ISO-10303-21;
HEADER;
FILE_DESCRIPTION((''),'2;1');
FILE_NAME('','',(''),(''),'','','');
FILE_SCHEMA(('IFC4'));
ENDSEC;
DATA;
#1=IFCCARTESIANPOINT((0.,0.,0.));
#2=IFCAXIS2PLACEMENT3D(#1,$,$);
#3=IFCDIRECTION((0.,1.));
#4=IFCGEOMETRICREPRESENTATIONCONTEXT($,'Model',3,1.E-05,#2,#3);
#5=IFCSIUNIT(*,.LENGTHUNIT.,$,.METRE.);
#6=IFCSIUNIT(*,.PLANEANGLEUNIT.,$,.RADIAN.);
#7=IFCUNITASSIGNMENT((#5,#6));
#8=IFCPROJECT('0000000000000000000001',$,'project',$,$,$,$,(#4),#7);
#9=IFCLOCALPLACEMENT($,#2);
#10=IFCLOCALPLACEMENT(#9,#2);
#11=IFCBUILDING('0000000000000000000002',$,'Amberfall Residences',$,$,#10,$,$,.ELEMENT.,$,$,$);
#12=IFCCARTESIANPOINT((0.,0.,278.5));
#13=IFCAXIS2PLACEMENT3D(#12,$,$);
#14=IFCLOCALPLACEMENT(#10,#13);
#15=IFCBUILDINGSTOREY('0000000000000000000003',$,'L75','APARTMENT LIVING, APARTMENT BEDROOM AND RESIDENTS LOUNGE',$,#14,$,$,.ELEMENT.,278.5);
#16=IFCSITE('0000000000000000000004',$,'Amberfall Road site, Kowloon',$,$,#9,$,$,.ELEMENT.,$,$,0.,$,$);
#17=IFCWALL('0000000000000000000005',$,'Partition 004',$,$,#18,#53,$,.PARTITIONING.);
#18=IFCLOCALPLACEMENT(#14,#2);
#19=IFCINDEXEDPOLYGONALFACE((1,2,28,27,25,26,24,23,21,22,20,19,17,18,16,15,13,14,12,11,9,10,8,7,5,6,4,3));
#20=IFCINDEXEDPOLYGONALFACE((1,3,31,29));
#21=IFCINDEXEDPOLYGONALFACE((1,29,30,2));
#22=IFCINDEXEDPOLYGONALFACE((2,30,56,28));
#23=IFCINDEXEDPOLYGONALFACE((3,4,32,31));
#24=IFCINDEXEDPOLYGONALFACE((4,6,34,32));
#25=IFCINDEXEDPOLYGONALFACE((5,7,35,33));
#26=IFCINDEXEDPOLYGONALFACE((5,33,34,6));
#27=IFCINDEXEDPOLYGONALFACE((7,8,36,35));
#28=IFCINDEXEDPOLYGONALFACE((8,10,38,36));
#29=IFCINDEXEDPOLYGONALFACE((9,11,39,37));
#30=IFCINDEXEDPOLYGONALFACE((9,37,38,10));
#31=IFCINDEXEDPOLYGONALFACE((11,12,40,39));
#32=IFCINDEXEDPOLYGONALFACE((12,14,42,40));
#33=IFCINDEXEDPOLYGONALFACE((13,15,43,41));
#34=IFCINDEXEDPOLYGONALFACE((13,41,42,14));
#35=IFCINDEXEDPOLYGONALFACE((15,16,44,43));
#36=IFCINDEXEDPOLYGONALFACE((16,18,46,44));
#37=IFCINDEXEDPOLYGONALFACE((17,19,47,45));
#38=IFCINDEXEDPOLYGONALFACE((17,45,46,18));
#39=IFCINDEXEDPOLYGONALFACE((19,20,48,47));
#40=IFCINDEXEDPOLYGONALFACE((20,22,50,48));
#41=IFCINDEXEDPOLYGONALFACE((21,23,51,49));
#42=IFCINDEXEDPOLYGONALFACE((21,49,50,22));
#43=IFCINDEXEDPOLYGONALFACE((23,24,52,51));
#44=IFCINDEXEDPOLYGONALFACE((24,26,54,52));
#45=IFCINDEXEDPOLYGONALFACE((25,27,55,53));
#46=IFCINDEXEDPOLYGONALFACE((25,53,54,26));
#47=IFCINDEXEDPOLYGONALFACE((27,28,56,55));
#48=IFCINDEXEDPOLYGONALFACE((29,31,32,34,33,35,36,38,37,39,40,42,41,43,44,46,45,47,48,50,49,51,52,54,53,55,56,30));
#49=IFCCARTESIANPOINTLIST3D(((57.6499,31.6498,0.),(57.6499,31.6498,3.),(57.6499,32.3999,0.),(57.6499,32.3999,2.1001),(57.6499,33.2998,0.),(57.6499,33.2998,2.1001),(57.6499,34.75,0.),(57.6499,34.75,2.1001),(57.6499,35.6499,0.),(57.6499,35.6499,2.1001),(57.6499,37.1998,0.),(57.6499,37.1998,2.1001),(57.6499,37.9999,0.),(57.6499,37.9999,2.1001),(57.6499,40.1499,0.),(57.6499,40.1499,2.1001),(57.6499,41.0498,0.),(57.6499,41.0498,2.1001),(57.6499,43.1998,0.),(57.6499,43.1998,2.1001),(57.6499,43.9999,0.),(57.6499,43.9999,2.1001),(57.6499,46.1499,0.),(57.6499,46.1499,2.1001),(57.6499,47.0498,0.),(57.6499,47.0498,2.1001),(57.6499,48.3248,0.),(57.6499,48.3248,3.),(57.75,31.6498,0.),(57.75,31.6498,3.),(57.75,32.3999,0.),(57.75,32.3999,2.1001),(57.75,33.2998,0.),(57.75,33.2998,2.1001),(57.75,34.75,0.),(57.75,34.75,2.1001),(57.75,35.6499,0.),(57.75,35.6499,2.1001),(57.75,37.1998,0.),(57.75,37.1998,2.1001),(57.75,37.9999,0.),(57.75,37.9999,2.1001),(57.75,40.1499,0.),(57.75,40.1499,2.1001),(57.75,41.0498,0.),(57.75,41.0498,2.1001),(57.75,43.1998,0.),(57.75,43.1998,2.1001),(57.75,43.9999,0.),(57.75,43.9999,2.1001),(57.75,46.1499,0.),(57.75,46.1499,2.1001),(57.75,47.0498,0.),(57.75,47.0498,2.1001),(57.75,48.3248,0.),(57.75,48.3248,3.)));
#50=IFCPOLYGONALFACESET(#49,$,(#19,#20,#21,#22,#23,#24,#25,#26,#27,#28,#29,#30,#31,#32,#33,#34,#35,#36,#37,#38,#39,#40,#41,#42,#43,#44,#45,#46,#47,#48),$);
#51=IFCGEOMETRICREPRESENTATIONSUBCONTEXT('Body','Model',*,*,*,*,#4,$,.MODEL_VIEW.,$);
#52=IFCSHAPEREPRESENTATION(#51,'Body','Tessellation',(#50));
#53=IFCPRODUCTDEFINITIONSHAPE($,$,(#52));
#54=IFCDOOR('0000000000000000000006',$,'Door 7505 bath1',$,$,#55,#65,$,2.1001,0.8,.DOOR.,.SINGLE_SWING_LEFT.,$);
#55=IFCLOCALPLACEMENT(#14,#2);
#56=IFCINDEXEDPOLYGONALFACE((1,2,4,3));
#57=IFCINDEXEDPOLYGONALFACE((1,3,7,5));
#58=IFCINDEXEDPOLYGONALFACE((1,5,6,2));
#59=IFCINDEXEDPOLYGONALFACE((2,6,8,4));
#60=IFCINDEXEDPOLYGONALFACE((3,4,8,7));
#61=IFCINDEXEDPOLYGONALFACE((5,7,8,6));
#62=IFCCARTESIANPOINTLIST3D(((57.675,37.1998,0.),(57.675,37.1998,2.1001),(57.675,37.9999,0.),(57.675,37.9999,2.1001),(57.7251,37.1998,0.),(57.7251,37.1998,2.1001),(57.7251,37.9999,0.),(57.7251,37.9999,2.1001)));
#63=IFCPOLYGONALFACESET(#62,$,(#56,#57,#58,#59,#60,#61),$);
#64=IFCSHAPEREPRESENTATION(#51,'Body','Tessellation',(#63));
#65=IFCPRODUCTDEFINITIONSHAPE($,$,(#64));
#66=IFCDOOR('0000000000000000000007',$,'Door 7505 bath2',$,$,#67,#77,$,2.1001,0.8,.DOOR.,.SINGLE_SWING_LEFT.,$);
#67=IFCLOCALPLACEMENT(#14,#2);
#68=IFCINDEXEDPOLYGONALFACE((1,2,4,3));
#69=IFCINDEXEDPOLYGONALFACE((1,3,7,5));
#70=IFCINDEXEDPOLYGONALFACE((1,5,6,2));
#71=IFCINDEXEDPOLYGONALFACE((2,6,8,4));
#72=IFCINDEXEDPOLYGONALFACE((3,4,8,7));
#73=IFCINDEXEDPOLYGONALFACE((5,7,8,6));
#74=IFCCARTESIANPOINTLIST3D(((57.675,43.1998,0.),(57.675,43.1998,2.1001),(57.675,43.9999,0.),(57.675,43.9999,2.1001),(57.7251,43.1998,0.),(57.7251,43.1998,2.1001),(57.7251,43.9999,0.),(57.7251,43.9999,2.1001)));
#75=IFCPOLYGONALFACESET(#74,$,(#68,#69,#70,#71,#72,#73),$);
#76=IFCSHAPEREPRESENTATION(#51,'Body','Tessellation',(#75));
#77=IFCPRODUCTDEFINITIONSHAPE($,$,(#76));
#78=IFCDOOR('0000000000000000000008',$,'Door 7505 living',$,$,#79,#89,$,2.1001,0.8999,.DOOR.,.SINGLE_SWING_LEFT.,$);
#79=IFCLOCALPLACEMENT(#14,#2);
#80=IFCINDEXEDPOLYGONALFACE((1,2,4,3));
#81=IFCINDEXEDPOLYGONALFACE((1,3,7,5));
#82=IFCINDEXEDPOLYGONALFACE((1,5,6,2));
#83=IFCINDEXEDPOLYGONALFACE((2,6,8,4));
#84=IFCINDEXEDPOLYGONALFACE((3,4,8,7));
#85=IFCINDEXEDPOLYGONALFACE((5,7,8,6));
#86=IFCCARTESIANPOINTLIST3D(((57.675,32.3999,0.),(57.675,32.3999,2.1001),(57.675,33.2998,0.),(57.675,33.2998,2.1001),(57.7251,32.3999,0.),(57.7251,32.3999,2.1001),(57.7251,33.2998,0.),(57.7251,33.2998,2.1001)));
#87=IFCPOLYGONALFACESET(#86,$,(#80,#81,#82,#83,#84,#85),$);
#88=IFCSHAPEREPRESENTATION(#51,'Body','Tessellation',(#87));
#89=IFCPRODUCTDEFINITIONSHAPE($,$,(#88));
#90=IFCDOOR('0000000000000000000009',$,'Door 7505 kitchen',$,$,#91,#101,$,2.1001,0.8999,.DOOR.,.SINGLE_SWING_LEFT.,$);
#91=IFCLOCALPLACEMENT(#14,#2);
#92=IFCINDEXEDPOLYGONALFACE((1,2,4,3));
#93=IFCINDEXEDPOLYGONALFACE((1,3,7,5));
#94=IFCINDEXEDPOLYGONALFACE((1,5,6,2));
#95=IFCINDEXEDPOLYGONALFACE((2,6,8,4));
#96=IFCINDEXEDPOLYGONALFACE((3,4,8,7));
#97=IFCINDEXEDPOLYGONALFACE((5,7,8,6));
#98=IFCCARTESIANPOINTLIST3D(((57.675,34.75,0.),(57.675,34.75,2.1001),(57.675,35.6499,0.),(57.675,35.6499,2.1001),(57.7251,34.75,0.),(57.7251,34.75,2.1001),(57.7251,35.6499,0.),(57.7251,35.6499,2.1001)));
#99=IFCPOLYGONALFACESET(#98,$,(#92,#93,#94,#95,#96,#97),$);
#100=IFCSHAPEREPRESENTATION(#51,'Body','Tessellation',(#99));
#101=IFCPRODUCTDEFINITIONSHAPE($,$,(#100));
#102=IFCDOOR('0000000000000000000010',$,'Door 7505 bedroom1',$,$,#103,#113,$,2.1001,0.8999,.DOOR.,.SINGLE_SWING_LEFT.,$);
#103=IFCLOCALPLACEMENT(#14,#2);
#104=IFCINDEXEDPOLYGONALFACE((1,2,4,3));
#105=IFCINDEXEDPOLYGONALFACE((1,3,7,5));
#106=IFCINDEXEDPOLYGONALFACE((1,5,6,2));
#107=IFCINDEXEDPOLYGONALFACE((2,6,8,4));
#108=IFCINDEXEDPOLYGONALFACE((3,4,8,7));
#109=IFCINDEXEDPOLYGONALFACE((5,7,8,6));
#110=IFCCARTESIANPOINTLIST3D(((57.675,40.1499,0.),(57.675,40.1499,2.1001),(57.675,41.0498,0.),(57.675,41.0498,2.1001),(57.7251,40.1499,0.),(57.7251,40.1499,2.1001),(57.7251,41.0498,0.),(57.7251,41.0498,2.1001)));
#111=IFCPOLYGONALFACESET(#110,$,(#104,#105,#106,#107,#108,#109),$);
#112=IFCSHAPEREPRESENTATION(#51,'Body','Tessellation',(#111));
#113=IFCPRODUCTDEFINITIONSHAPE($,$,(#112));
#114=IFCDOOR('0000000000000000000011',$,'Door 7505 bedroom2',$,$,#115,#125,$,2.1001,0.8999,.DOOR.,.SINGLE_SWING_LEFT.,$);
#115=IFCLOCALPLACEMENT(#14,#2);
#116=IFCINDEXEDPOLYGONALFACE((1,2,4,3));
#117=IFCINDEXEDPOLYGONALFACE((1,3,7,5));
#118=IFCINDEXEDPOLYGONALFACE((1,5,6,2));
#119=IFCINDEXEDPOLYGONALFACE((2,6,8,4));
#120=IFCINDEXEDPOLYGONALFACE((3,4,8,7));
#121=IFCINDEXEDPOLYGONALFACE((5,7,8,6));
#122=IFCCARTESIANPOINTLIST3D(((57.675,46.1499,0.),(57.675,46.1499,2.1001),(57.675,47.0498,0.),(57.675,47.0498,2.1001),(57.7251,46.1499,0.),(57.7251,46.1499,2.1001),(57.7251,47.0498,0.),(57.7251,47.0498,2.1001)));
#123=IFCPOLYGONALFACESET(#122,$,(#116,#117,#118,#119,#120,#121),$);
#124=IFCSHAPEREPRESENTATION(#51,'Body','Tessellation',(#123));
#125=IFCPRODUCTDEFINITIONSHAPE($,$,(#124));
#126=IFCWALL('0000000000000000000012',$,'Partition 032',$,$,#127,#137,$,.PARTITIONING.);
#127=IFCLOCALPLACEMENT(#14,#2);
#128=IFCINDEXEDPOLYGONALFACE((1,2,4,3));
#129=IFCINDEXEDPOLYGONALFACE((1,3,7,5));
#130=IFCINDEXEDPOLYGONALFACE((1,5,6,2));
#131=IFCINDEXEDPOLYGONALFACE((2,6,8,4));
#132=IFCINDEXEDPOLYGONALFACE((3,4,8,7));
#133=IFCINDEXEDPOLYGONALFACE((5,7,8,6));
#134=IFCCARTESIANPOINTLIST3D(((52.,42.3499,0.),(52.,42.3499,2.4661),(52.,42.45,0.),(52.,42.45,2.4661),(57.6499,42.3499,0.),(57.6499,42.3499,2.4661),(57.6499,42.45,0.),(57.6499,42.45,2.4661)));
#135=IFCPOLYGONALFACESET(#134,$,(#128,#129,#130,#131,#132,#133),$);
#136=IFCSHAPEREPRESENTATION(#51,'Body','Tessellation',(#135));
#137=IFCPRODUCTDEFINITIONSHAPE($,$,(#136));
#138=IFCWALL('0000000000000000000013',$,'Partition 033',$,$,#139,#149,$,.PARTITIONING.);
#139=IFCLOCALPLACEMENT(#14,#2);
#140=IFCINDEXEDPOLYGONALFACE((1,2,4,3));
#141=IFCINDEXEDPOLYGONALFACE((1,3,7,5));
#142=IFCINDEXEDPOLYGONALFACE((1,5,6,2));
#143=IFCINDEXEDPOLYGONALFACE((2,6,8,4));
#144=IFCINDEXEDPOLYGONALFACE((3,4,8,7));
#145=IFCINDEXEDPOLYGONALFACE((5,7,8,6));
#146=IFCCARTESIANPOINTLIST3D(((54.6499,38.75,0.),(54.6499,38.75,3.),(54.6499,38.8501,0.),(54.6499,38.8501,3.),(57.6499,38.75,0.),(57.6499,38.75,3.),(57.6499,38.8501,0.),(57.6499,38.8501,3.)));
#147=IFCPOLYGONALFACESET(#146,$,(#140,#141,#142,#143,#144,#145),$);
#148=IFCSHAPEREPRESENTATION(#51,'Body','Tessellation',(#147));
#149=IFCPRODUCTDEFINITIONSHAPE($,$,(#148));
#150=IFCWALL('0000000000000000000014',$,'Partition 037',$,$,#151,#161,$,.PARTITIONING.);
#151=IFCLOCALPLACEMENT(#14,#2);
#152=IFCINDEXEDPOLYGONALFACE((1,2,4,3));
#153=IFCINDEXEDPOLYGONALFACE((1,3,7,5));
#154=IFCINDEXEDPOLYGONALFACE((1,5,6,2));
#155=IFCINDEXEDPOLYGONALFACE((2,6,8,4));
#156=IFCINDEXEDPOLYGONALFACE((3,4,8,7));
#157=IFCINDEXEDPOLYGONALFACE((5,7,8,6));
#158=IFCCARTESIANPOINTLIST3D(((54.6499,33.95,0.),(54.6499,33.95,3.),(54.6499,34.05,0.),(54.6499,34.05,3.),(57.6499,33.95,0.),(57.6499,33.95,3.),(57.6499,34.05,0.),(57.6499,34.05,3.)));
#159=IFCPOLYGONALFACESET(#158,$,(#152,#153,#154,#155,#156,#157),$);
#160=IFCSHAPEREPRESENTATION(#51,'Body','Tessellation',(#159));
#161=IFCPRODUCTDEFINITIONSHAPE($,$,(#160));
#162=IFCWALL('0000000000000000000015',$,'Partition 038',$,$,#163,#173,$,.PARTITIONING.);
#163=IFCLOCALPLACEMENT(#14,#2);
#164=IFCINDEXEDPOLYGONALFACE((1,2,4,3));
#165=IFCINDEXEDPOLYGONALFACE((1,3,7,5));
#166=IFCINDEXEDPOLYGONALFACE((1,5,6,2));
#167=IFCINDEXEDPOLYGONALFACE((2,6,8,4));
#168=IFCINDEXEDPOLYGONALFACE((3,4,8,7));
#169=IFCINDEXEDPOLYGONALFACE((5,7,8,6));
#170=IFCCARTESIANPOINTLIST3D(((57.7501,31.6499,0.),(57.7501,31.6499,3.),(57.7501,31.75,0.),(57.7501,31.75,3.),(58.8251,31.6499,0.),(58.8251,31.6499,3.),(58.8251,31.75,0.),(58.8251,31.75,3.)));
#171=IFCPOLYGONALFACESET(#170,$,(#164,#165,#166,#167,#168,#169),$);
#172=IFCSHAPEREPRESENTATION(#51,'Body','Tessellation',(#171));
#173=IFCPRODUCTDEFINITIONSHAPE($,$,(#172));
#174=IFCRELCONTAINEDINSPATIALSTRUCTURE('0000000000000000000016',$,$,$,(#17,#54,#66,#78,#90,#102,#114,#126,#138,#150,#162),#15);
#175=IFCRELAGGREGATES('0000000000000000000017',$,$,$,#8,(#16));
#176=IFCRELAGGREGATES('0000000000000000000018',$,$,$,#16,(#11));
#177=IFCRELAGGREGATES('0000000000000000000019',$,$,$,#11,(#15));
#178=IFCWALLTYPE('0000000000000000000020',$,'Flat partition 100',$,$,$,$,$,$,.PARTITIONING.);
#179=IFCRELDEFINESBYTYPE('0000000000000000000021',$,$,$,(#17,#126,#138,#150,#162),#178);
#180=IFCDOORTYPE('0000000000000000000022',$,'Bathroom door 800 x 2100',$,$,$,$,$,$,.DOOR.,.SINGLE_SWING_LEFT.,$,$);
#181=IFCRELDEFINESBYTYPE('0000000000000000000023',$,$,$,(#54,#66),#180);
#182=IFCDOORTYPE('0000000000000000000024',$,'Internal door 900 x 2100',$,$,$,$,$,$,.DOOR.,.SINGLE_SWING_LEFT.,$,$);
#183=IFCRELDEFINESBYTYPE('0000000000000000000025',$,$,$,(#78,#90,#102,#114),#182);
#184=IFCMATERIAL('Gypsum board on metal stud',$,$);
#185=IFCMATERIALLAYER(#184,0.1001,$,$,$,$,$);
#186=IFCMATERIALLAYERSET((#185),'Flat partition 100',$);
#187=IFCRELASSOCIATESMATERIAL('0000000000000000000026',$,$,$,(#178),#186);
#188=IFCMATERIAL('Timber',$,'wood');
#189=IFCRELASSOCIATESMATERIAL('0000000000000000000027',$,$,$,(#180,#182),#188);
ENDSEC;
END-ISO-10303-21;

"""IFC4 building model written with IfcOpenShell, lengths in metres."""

from ifc_helpers import new_model, si_unit, direction, frame, frame_2d, origin, place, context, subcontext, project, spatial, rectangle, extrude, material, layer, layer_set, type_object, element, fill, save


model = new_model("IFC4")

# Units and contexts
model_context = context("Model", 3, precision=1e-05, world=origin(), true_north=direction((0.0, 1.0)))
body_context = subcontext(model_context, "Body", "Model", "MODEL_VIEW")
ifc_project = project(units=[si_unit("LENGTHUNIT", "METRE"), si_unit("PLANEANGLEUNIT", "RADIAN")], contexts=[model_context])

# Site, building, storey
site_placement = place(None, origin())
site = spatial("IfcSite", under=ifc_project, at=site_placement, Name="Amberfall Road site, Kowloon", CompositionType="ELEMENT", RefElevation=0.0)
building_placement = place(site_placement, origin())
building = spatial("IfcBuilding", under=site, at=building_placement, Name="Amberfall Residences", CompositionType="ELEMENT")
storey_placement = place(building_placement, frame((0.0, 0.0, 278.5)))
storey = spatial("IfcBuildingStorey", under=building, at=storey_placement, Name="L75", Description="APARTMENT LIVING, APARTMENT BEDROOM AND RESIDENTS LOUNGE", CompositionType="ELEMENT", Elevation=278.5)

# Shared definitions
ifc_material_1 = material(Name="Gypsum board on metal stud")
ifc_layer_1 = layer(ifc_material_1, 0.1001)
ifc_layer_set_1 = layer_set([ifc_layer_1], Name="Flat partition 100")
wall_type_1 = type_object("IfcWallType", Name="Flat partition 100", PredefinedType="PARTITIONING", material=ifc_layer_set_1)

# Wall, openings, doors
wall_1_placement = place(storey_placement, frame((57.7, 31.6499, 0.0), z_axis=(0.0, 0.0, 1.0), x_axis=(0.0, 1.0, 0.0)))
wall_1 = element("IfcWall", 1, at=wall_1_placement, inside=storey, type_object=wall_type_1, Name="Partition 004", PredefinedType="PARTITIONING", context=body_context, shape_type="SweptSolid", body=[
    extrude(rectangle(XDim=16.675, YDim=0.1001, at=frame_2d((8.3374, 0.0))), origin(), (0.0, 0.0, 1.0), 3.0),
])
opening_1_placement = place(wall_1_placement, frame((0.75, 0.0, 0.0)))
opening_1 = element("IfcOpeningElement", 2, at=opening_1_placement, cuts=wall_1, PredefinedType="OPENING", context=body_context, shape_type="SweptSolid", body=[
    extrude(rectangle(XDim=0.8999, YDim=2.1001, at=frame_2d((0.45, 1.05))), frame((0.0, 0.0601, 0.0), z_axis=(0.0, -1.0, 0.0), x_axis=(1.0, 0.0, 0.0)), (0.0, 0.0, 1.0), 0.1201),
])
opening_2_placement = place(wall_1_placement, frame((3.1001, 0.0, 0.0)))
opening_2 = element("IfcOpeningElement", 3, at=opening_2_placement, cuts=wall_1, PredefinedType="OPENING", context=body_context, shape_type="SweptSolid", body=[
    extrude(rectangle(XDim=0.8999, YDim=2.1001, at=frame_2d((0.45, 1.05))), frame((0.0, 0.0601, 0.0), z_axis=(0.0, -1.0, 0.0), x_axis=(1.0, 0.0, 0.0)), (0.0, 0.0, 1.0), 0.1201),
])
opening_3_placement = place(wall_1_placement, frame((8.5, 0.0, 0.0)))
opening_3 = element("IfcOpeningElement", 4, at=opening_3_placement, cuts=wall_1, PredefinedType="OPENING", context=body_context, shape_type="SweptSolid", body=[
    extrude(rectangle(XDim=0.8999, YDim=2.1001, at=frame_2d((0.45, 1.05))), frame((0.0, 0.0601, 0.0), z_axis=(0.0, -1.0, 0.0), x_axis=(1.0, 0.0, 0.0)), (0.0, 0.0, 1.0), 0.1201),
])
opening_4_placement = place(wall_1_placement, frame((14.5, 0.0, 0.0)))
opening_4 = element("IfcOpeningElement", 5, at=opening_4_placement, cuts=wall_1, PredefinedType="OPENING", context=body_context, shape_type="SweptSolid", body=[
    extrude(rectangle(XDim=0.8999, YDim=2.1001, at=frame_2d((0.45, 1.05))), frame((0.0, 0.0601, 0.0), z_axis=(0.0, -1.0, 0.0), x_axis=(1.0, 0.0, 0.0)), (0.0, 0.0, 1.0), 0.1201),
])
opening_5_placement = place(wall_1_placement, frame((5.55, 0.0, 0.0)))
opening_5 = element("IfcOpeningElement", 6, at=opening_5_placement, cuts=wall_1, PredefinedType="OPENING", context=body_context, shape_type="SweptSolid", body=[
    extrude(rectangle(XDim=0.8, YDim=2.1001, at=frame_2d((0.3999, 1.05))), frame((0.0, 0.0601, 0.0), z_axis=(0.0, -1.0, 0.0), x_axis=(1.0, 0.0, 0.0)), (0.0, 0.0, 1.0), 0.1201),
])
opening_6_placement = place(wall_1_placement, frame((11.55, 0.0, 0.0)))
opening_6 = element("IfcOpeningElement", 7, at=opening_6_placement, cuts=wall_1, PredefinedType="OPENING", context=body_context, shape_type="SweptSolid", body=[
    extrude(rectangle(XDim=0.8, YDim=2.1001, at=frame_2d((0.3999, 1.05))), frame((0.0, 0.0601, 0.0), z_axis=(0.0, -1.0, 0.0), x_axis=(1.0, 0.0, 0.0)), (0.0, 0.0, 1.0), 0.1201),
])
ifc_material_2 = material(Name="Timber", Category="wood")
door_type_1 = type_object("IfcDoorType", Name="Bathroom door 800 x 2100", OperationType="SINGLE_SWING_LEFT", PredefinedType="DOOR", material=ifc_material_2)
door_1_placement = place(opening_5_placement, origin())
door_1 = element("IfcDoor", 8, at=door_1_placement, inside=storey, type_object=door_type_1, Name="Door 7505 bath1", OperationType="SINGLE_SWING_LEFT", OverallHeight=2.1001, OverallWidth=0.8, PredefinedType="DOOR", context=body_context, shape_type="SweptSolid", body=[
    extrude(rectangle(XDim=0.8, YDim=2.1001, at=frame_2d((0.3999, 1.05))), frame((0.0, 0.0249, 0.0), z_axis=(0.0, -1.0, 0.0), x_axis=(1.0, 0.0, 0.0)), (0.0, 0.0, 1.0), 0.05),
])
fill(opening_5, door_1)
door_2_placement = place(opening_6_placement, origin())
door_2 = element("IfcDoor", 9, at=door_2_placement, inside=storey, type_object=door_type_1, Name="Door 7505 bath2", OperationType="SINGLE_SWING_LEFT", OverallHeight=2.1001, OverallWidth=0.8, PredefinedType="DOOR", context=body_context, shape_type="SweptSolid", body=[
    extrude(rectangle(XDim=0.8, YDim=2.1001, at=frame_2d((0.3999, 1.05))), frame((0.0, 0.0249, 0.0), z_axis=(0.0, -1.0, 0.0), x_axis=(1.0, 0.0, 0.0)), (0.0, 0.0, 1.0), 0.05),
])
fill(opening_6, door_2)
door_type_2 = type_object("IfcDoorType", Name="Internal door 900 x 2100", OperationType="SINGLE_SWING_LEFT", PredefinedType="DOOR", material=ifc_material_2)
door_3_placement = place(opening_1_placement, origin())
door_3 = element("IfcDoor", 10, at=door_3_placement, inside=storey, type_object=door_type_2, Name="Door 7505 living", OperationType="SINGLE_SWING_LEFT", OverallHeight=2.1001, OverallWidth=0.8999, PredefinedType="DOOR", context=body_context, shape_type="SweptSolid", body=[
    extrude(rectangle(XDim=0.8999, YDim=2.1001, at=frame_2d((0.45, 1.05))), frame((0.0, 0.0249, 0.0), z_axis=(0.0, -1.0, 0.0), x_axis=(1.0, 0.0, 0.0)), (0.0, 0.0, 1.0), 0.05),
])
fill(opening_1, door_3)
door_4_placement = place(opening_2_placement, origin())
door_4 = element("IfcDoor", 11, at=door_4_placement, inside=storey, type_object=door_type_2, Name="Door 7505 kitchen", OperationType="SINGLE_SWING_LEFT", OverallHeight=2.1001, OverallWidth=0.8999, PredefinedType="DOOR", context=body_context, shape_type="SweptSolid", body=[
    extrude(rectangle(XDim=0.8999, YDim=2.1001, at=frame_2d((0.45, 1.05))), frame((0.0, 0.0249, 0.0), z_axis=(0.0, -1.0, 0.0), x_axis=(1.0, 0.0, 0.0)), (0.0, 0.0, 1.0), 0.05),
])
fill(opening_2, door_4)
door_5_placement = place(opening_3_placement, origin())
door_5 = element("IfcDoor", 12, at=door_5_placement, inside=storey, type_object=door_type_2, Name="Door 7505 bedroom1", OperationType="SINGLE_SWING_LEFT", OverallHeight=2.1001, OverallWidth=0.8999, PredefinedType="DOOR", context=body_context, shape_type="SweptSolid", body=[
    extrude(rectangle(XDim=0.8999, YDim=2.1001, at=frame_2d((0.45, 1.05))), frame((0.0, 0.0249, 0.0), z_axis=(0.0, -1.0, 0.0), x_axis=(1.0, 0.0, 0.0)), (0.0, 0.0, 1.0), 0.05),
])
fill(opening_3, door_5)
door_6_placement = place(opening_4_placement, origin())
door_6 = element("IfcDoor", 13, at=door_6_placement, inside=storey, type_object=door_type_2, Name="Door 7505 bedroom2", OperationType="SINGLE_SWING_LEFT", OverallHeight=2.1001, OverallWidth=0.8999, PredefinedType="DOOR", context=body_context, shape_type="SweptSolid", body=[
    extrude(rectangle(XDim=0.8999, YDim=2.1001, at=frame_2d((0.45, 1.05))), frame((0.0, 0.0249, 0.0), z_axis=(0.0, -1.0, 0.0), x_axis=(1.0, 0.0, 0.0)), (0.0, 0.0, 1.0), 0.05),
])
fill(opening_4, door_6)

# Walls
wall_2_placement = place(storey_placement, frame((52.0, 42.3999, 0.0), z_axis=(0.0, 0.0, 1.0), x_axis=(1.0, 0.0, 0.0)))
element("IfcWall", 14, at=wall_2_placement, inside=storey, type_object=wall_type_1, Name="Partition 032", PredefinedType="PARTITIONING", context=body_context, shape_type="SweptSolid", body=[
    extrude(rectangle(XDim=5.6499, YDim=0.1001, at=frame_2d((2.825, 0.0))), origin(), (0.0, 0.0, 1.0), 2.4661),
])
for number, where, z_axis, x_axis, name in (
    (15, (54.6499, 38.8, 0.0), (0.0, 0.0, 1.0), (1.0, 0.0, 0.0), "Partition 033"),
    (16, (54.6499, 34.0, 0.0), (0.0, 0.0, 1.0), (1.0, 0.0, 0.0), "Partition 037"),
):
    element("IfcWall", number, at=place(storey_placement, frame(where, z_axis=z_axis, x_axis=x_axis)), inside=storey, type_object=wall_type_1, Name=name, PredefinedType="PARTITIONING", context=body_context, shape_type="SweptSolid", body=[
        extrude(rectangle(XDim=3.0, YDim=0.1001, at=frame_2d((1.5, 0.0))), origin(), (0.0, 0.0, 1.0), 3.0),
    ])
wall_3_placement = place(storey_placement, frame((57.75, 31.7, 0.0), z_axis=(0.0, 0.0, 1.0), x_axis=(1.0, 0.0, 0.0)))
element("IfcWall", 17, at=wall_3_placement, inside=storey, type_object=wall_type_1, Name="Partition 038", PredefinedType="PARTITIONING", context=body_context, shape_type="SweptSolid", body=[
    extrude(rectangle(XDim=1.075, YDim=0.1001, at=frame_2d((0.5376, 0.0))), origin(), (0.0, 0.0, 1.0), 3.0),
])

save(model, "model.ifc")
